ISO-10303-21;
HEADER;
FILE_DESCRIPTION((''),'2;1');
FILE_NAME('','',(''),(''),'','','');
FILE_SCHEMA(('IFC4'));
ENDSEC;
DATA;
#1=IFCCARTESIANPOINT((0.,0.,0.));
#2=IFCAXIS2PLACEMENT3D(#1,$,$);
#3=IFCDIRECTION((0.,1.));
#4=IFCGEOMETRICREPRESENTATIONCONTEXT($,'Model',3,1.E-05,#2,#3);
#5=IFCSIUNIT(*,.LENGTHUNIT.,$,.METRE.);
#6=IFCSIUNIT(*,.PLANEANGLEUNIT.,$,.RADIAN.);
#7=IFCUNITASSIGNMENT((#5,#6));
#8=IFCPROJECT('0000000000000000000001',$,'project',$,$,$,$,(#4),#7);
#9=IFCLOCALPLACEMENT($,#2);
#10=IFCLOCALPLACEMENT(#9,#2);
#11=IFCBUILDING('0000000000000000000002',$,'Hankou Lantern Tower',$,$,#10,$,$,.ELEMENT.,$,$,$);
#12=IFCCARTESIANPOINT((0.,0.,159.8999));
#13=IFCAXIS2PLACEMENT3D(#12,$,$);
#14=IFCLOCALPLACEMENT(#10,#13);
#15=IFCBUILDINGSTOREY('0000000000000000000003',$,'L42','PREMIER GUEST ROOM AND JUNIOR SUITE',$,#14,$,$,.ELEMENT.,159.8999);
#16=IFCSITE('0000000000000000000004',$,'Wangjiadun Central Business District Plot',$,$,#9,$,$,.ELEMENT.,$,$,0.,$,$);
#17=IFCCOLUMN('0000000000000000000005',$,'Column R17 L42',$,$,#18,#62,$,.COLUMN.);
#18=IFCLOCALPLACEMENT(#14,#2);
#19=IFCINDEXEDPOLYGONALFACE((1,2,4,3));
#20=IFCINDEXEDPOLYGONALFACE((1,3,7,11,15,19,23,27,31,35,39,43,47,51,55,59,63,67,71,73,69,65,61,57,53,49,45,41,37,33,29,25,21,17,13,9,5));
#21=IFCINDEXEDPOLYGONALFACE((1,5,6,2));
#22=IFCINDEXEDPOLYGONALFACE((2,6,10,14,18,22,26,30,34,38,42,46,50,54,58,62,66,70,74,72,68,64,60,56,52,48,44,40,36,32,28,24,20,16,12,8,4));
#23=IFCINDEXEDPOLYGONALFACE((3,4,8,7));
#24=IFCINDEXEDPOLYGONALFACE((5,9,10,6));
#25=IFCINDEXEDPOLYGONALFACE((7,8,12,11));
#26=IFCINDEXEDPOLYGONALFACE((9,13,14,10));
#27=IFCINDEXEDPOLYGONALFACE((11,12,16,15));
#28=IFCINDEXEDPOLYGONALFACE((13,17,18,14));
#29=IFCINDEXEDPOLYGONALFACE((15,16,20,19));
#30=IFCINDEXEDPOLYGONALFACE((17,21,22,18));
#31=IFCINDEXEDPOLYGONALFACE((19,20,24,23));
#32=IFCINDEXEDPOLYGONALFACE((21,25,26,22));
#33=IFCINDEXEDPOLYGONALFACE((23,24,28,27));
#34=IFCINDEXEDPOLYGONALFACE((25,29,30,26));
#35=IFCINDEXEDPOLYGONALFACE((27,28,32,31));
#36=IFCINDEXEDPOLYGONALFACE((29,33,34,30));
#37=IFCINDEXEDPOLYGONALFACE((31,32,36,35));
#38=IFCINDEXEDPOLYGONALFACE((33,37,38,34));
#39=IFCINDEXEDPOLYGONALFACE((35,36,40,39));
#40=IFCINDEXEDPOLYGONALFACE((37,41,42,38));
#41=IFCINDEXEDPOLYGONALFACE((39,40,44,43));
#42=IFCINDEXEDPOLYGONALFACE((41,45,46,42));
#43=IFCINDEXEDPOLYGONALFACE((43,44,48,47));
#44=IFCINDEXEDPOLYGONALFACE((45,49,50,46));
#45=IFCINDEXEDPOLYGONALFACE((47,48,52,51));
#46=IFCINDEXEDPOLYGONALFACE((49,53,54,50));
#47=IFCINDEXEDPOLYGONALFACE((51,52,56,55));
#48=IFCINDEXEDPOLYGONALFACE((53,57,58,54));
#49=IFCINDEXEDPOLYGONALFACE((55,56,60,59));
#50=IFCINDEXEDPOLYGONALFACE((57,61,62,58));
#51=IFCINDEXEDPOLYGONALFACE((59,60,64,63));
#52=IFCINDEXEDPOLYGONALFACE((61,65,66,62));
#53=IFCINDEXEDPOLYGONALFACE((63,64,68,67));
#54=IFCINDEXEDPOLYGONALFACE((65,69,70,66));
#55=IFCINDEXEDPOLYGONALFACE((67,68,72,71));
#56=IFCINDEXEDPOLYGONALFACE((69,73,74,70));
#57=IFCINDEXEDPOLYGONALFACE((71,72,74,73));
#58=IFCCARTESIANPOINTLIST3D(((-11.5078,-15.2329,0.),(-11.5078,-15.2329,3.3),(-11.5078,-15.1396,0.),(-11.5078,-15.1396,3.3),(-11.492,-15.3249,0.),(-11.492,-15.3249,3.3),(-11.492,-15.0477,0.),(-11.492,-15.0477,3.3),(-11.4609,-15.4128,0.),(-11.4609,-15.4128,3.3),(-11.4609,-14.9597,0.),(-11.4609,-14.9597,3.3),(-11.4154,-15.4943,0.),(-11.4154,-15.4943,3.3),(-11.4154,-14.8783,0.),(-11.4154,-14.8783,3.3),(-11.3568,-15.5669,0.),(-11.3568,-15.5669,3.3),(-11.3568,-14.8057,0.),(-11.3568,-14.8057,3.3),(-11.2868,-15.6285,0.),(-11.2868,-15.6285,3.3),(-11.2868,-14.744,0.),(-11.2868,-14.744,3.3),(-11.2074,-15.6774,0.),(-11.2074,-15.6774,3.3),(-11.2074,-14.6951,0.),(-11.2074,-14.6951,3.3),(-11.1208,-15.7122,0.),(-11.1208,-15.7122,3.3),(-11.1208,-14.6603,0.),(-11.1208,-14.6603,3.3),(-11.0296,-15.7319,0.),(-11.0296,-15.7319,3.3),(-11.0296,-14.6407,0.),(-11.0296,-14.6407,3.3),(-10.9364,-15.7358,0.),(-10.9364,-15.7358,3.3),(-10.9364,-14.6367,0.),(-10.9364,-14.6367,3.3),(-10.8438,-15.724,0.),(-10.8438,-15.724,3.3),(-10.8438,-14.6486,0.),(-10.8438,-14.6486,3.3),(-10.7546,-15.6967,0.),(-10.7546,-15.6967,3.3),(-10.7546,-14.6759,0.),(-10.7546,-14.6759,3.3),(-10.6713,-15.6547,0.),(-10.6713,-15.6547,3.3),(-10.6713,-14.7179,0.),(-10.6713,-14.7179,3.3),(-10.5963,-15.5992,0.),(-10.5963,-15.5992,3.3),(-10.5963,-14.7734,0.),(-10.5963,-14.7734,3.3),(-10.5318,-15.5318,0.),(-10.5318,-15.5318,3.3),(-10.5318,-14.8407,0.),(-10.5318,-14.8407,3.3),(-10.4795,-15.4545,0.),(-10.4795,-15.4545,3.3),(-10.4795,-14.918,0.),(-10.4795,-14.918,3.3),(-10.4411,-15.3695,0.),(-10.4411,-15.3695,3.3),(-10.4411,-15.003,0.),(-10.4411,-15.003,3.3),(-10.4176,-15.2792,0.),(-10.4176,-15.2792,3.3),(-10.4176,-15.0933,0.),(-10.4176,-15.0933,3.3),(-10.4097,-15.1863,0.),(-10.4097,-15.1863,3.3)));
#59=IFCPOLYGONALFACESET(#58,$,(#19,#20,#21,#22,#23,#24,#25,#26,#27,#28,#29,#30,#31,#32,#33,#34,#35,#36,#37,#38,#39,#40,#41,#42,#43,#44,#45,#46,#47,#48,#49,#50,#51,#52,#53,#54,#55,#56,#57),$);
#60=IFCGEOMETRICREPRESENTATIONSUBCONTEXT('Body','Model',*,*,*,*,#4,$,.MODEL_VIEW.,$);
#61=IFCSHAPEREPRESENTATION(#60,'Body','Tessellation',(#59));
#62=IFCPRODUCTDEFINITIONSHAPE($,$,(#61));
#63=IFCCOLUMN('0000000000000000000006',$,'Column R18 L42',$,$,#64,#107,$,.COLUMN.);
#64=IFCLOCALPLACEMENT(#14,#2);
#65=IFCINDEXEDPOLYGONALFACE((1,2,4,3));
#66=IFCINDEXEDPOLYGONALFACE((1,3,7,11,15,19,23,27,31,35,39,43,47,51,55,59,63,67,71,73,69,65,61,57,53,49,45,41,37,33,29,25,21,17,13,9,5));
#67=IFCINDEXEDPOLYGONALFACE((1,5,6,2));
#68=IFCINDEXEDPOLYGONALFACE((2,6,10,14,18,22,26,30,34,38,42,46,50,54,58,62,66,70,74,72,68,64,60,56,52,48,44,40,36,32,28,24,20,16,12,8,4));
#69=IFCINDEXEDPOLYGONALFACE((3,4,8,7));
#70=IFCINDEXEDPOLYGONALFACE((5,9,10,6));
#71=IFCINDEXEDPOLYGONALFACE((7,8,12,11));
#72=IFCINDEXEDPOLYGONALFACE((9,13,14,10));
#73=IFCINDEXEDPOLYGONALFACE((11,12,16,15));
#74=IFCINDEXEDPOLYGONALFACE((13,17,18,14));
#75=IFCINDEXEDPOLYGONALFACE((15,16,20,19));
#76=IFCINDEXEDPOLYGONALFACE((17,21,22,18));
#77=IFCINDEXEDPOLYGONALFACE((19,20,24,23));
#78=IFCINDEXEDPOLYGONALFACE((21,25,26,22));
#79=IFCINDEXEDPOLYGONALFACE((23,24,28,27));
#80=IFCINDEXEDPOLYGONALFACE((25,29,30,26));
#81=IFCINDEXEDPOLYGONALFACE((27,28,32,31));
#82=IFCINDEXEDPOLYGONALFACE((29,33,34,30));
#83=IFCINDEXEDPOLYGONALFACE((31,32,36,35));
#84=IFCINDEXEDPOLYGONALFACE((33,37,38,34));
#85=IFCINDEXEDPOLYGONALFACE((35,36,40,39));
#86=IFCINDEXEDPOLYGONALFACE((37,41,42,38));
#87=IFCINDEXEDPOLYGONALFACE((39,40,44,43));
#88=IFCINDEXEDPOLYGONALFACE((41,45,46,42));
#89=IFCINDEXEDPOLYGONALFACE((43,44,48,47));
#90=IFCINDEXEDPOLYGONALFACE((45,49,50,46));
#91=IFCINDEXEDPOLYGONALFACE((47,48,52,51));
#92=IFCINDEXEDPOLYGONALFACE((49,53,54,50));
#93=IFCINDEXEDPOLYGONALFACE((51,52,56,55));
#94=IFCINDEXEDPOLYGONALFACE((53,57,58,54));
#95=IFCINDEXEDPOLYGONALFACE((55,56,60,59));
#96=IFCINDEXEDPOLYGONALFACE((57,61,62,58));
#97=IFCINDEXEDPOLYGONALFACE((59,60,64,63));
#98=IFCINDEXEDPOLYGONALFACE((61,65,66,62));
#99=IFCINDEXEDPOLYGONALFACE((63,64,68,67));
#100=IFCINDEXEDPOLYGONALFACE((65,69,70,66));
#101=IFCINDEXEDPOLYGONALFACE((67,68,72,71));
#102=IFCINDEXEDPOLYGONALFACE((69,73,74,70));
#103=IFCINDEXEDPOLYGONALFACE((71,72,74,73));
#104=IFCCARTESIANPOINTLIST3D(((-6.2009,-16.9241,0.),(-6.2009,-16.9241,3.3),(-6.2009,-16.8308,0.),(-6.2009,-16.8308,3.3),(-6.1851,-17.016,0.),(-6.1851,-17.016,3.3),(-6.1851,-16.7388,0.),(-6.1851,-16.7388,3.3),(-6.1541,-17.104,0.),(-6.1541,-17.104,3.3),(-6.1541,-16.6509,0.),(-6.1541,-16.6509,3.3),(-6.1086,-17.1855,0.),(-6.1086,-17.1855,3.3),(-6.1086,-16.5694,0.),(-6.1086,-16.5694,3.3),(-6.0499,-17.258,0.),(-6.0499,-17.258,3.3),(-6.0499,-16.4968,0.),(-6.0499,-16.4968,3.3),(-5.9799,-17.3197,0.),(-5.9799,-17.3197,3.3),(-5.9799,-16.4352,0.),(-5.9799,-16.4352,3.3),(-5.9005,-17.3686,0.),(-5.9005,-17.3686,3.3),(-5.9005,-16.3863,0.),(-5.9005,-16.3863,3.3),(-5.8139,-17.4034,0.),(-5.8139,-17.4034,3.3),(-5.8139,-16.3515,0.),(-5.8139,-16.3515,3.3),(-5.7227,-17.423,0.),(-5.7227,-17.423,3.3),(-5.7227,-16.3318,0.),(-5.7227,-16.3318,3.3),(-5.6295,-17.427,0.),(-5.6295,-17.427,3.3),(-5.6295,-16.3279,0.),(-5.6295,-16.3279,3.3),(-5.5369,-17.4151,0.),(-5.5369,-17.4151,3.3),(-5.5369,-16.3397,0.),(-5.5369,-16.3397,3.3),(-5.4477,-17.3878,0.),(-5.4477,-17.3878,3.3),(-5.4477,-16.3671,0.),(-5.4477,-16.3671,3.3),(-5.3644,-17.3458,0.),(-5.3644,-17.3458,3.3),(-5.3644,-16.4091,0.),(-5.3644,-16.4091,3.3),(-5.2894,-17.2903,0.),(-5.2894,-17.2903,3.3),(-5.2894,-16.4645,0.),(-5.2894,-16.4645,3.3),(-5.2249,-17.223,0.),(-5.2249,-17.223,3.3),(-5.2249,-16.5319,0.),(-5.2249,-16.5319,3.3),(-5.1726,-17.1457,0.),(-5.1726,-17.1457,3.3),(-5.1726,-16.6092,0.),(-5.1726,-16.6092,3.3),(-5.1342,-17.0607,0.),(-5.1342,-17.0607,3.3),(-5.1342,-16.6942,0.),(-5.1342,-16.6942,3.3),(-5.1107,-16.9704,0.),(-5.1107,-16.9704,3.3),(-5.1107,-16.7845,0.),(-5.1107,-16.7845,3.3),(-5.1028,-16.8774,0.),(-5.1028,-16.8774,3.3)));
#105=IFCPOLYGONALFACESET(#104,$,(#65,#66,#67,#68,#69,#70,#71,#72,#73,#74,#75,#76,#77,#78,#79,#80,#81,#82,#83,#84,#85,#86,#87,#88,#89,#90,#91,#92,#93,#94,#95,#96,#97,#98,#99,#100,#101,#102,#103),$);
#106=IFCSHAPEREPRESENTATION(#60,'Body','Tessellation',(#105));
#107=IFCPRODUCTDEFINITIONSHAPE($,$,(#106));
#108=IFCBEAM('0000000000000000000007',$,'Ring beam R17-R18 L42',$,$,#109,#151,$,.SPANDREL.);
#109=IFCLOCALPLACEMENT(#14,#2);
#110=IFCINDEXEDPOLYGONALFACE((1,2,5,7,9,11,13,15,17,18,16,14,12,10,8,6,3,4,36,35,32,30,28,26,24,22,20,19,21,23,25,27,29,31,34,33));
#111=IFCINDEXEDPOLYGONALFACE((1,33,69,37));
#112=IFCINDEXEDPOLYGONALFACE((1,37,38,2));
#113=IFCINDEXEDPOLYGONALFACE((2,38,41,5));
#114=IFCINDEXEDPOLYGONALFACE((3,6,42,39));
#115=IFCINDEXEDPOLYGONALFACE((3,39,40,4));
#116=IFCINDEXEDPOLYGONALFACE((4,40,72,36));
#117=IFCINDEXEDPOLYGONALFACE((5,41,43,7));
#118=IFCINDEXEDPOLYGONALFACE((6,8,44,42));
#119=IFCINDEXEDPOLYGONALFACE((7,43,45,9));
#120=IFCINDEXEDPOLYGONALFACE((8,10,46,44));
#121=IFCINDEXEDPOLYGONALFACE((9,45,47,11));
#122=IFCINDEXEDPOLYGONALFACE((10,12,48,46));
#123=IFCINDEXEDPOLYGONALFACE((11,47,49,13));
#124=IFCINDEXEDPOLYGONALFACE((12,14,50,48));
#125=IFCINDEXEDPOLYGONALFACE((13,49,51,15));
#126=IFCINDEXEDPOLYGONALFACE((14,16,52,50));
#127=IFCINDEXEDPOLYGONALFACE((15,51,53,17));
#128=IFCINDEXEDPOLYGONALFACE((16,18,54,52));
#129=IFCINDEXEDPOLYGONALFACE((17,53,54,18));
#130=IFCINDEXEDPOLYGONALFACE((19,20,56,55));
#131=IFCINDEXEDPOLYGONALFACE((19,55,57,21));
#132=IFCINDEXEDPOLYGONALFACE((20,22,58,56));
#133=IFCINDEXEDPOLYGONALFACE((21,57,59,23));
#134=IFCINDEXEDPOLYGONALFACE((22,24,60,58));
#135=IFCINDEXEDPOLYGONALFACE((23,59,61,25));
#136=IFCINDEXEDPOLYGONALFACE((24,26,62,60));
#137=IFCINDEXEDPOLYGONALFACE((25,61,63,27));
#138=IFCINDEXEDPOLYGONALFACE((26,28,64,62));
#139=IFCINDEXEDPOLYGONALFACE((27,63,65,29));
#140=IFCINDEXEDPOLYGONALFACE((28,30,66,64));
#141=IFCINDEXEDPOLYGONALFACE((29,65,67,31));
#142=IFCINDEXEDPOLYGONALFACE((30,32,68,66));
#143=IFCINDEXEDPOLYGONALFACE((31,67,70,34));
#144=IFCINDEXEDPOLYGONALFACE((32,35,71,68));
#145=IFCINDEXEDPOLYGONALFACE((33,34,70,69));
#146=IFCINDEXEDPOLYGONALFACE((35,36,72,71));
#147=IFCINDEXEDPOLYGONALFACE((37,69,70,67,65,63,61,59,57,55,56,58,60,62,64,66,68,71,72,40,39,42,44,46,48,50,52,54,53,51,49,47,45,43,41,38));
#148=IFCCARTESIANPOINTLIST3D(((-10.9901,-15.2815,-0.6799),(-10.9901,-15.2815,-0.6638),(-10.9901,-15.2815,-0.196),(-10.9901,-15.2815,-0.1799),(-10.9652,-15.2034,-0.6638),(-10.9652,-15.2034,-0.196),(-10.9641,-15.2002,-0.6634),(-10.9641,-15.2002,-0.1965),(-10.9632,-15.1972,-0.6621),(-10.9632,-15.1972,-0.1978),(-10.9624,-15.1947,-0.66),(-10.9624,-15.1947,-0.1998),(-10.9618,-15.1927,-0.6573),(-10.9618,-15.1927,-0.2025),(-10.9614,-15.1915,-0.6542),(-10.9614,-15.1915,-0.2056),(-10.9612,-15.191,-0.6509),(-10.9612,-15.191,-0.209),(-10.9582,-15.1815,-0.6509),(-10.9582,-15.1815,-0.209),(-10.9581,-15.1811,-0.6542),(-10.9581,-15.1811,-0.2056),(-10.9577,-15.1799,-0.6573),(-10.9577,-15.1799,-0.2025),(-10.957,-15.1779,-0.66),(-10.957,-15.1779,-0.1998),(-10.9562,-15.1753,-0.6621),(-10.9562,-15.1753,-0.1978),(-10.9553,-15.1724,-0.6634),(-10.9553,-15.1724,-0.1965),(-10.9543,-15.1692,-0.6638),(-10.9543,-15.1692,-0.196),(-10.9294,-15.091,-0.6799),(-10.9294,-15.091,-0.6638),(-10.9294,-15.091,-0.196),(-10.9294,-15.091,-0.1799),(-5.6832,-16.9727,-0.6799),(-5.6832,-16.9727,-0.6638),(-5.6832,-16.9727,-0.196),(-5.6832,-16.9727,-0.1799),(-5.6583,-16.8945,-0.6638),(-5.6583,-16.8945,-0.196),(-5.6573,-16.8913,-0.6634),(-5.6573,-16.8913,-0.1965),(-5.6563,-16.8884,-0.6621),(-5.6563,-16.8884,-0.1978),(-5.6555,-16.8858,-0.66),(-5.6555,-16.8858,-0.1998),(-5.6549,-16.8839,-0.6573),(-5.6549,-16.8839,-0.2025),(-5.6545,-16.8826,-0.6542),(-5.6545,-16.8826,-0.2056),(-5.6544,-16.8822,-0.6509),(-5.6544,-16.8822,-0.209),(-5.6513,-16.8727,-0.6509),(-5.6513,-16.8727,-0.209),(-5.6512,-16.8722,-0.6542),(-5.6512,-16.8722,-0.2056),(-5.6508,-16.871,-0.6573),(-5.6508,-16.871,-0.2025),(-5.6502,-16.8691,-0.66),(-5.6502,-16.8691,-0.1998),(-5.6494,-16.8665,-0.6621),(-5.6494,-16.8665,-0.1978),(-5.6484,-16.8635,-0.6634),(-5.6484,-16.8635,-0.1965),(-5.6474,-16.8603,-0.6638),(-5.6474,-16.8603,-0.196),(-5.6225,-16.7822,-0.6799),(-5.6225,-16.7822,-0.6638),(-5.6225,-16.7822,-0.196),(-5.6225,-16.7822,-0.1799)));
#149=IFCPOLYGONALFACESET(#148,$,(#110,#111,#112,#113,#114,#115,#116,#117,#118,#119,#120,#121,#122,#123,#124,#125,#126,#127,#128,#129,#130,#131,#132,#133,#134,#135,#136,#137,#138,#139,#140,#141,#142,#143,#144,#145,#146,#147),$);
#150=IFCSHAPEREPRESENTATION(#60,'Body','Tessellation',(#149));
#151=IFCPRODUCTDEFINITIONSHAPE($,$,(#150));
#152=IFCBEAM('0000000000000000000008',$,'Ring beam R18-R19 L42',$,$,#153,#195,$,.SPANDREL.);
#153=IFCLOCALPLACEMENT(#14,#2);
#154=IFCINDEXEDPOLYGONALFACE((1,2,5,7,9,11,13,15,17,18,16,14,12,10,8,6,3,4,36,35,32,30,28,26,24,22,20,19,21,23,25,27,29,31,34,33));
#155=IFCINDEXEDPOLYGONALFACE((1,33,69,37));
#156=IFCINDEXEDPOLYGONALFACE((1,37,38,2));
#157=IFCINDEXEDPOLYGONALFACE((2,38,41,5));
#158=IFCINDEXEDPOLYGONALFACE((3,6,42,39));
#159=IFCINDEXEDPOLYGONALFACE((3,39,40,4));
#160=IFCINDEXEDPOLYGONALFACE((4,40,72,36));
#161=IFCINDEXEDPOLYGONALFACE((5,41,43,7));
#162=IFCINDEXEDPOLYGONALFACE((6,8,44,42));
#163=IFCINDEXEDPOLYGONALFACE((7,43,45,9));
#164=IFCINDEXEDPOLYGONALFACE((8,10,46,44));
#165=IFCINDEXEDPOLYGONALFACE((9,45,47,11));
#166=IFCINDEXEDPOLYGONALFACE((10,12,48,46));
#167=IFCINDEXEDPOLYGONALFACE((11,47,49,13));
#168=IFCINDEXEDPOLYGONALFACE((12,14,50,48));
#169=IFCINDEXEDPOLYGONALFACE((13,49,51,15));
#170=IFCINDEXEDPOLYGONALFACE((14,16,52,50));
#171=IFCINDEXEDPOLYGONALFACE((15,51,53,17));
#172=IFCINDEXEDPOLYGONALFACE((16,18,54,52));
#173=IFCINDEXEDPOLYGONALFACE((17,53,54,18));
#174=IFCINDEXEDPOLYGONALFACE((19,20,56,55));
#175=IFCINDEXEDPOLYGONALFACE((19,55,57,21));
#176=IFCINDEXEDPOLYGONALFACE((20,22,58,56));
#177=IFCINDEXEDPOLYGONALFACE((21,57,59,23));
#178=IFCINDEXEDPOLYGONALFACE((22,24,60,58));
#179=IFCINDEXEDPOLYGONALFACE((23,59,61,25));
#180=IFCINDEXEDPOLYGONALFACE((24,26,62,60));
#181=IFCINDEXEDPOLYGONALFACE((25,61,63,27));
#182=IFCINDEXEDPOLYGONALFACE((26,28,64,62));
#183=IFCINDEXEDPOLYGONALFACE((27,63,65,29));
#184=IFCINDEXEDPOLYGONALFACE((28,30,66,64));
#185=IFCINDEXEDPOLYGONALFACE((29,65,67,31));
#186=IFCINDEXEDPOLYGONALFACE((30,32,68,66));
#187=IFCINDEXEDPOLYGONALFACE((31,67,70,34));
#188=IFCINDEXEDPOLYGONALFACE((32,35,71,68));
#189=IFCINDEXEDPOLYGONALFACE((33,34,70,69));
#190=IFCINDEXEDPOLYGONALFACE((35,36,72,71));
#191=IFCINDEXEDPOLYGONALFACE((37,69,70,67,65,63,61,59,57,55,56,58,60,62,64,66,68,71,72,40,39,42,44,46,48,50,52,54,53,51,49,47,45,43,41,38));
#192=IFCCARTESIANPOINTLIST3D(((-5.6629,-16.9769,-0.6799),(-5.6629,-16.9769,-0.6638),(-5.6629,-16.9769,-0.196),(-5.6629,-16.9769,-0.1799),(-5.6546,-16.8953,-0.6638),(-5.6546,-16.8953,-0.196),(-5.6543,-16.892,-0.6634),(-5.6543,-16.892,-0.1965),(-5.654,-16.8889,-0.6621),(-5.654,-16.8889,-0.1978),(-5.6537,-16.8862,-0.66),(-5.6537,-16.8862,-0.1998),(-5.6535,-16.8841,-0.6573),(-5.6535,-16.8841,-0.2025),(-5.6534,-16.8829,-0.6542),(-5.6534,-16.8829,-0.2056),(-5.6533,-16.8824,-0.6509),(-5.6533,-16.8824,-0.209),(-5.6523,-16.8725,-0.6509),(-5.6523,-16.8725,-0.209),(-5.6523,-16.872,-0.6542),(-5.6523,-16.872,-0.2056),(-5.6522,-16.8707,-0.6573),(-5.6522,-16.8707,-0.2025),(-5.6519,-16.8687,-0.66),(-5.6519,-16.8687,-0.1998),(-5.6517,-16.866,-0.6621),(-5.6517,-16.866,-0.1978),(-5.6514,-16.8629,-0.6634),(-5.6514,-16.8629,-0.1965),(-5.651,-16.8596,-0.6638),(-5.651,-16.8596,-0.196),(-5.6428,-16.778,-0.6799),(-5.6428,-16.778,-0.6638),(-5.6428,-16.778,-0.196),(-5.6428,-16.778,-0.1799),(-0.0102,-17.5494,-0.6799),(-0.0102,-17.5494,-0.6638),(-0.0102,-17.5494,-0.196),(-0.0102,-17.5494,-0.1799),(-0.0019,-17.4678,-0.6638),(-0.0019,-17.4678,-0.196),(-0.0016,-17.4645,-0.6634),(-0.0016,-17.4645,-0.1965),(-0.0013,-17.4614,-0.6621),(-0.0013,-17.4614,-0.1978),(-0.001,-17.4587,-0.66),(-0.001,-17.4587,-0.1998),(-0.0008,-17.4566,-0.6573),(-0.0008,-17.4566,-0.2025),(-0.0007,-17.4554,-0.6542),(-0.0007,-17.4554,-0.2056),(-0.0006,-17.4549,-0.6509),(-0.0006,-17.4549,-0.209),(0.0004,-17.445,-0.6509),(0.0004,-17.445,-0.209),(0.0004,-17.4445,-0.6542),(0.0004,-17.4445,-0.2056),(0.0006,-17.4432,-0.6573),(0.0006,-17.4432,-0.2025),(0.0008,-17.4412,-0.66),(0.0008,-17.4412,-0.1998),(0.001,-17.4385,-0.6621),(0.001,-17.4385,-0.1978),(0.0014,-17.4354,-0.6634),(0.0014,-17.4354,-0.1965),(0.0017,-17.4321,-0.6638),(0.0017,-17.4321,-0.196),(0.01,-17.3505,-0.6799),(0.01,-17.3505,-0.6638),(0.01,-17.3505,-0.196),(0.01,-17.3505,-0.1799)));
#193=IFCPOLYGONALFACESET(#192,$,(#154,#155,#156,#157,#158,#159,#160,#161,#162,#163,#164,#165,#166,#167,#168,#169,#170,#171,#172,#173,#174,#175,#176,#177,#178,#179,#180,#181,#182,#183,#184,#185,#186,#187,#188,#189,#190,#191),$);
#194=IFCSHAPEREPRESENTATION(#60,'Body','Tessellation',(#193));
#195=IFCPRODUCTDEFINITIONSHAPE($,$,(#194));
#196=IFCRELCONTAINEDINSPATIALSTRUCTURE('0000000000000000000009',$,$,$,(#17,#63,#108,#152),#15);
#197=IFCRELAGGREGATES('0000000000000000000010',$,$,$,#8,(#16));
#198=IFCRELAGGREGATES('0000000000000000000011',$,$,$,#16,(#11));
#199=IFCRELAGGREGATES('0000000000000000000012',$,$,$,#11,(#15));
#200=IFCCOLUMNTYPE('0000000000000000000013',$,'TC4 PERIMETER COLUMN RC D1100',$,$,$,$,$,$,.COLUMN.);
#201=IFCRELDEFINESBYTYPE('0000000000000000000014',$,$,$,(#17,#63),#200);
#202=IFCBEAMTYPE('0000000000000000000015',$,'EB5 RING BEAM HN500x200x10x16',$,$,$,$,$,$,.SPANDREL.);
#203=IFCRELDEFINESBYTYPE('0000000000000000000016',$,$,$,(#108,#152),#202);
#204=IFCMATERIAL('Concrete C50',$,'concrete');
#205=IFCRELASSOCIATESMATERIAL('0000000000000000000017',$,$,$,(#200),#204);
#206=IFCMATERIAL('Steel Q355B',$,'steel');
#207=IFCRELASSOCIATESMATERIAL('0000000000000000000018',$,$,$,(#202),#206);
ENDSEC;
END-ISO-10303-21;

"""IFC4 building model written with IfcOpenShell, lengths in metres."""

from ifc_helpers import new_model, si_unit, direction, frame, origin, origin_2d, place, context, subcontext, project, spatial, circle, i_section, extrude, material, material_profile, profile_set, type_object, element, save


model = new_model("IFC4")

# Units and contexts
model_context = context("Model", 3, precision=1e-05, world=origin(), true_north=direction((0.0, 1.0)))
body_context = subcontext(model_context, "Body", "Model", "MODEL_VIEW")
ifc_project = project(units=[si_unit("LENGTHUNIT", "METRE"), si_unit("PLANEANGLEUNIT", "RADIAN")], contexts=[model_context])

# Site, building, storey
site_placement = place(None, origin())
site = spatial("IfcSite", under=ifc_project, at=site_placement, Name="Wangjiadun Central Business District Plot", CompositionType="ELEMENT", RefElevation=0.0)
building_placement = place(site_placement, origin())
building = spatial("IfcBuilding", under=site, at=building_placement, Name="Hankou Lantern Tower", CompositionType="ELEMENT")
storey_placement = place(building_placement, frame((0.0, 0.0, 159.8999)))
storey = spatial("IfcBuildingStorey", under=building, at=storey_placement, Name="L42", Description="PREMIER GUEST ROOM AND JUNIOR SUITE", CompositionType="ELEMENT", Elevation=159.8999)

# Columns
ifc_material_1 = material(Name="Concrete C50", Category="concrete")
ifc_material_profile_1 = material_profile(ifc_material_1, circle(Radius=0.55, at=origin_2d()), Name="RC D1100")
ifc_profile_set_1 = profile_set([ifc_material_profile_1], Name="Concrete C50")
column_type = type_object("IfcColumnType", Name="TC4 PERIMETER COLUMN RC D1100", PredefinedType="COLUMN", material=ifc_profile_set_1)
for number, where, z_axis, x_axis, name in (
    (1, (-10.9597, -15.1863, 0.0), (0.0, 0.0, 1.0), (1.0, 0.0, 0.0), "Column R17 L42"),
    (2, (-5.6528, -16.8774, 0.0), (0.0, 0.0, 1.0), (1.0, 0.0, 0.0), "Column R18 L42"),
):
    element("IfcColumn", number, at=place(storey_placement, frame(where, z_axis=z_axis, x_axis=x_axis)), inside=storey, type_object=column_type, Name=name, PredefinedType="COLUMN", context=body_context, shape_type="SweptSolid", body=[
        extrude(circle(Radius=0.55, at=origin_2d()), origin(), (0.0, 0.0, 1.0), 3.3),
    ])

# Beams
ifc_material_2 = material(Name="Steel Q355B", Category="steel")
ifc_material_profile_2 = material_profile(ifc_material_2, i_section(OverallWidth=0.2, OverallDepth=0.5, WebThickness=0.01, FlangeThickness=0.0161, FilletRadius=0.0129, at=origin_2d()), Name="HN500x200x10x16")
ifc_profile_set_2 = profile_set([ifc_material_profile_2], Name="Steel Q355B")
beam_type = type_object("IfcBeamType", Name="EB5 RING BEAM HN500x200x10x16", PredefinedType="SPANDREL", material=ifc_profile_set_2)
beam_1_placement = place(storey_placement, frame((-10.9597, -15.1863, -0.4299), z_axis=(0.95279, -0.303629, 0.0), x_axis=(0.303629, 0.95279, 0.0)))
element("IfcBeam", 3, at=beam_1_placement, inside=storey, type_object=beam_type, Name="Ring beam R17-R18 L42", PredefinedType="SPANDREL", context=body_context, shape_type="SweptSolid", body=[
    extrude(i_section(OverallWidth=0.2, OverallDepth=0.5, WebThickness=0.01, FlangeThickness=0.0161, FilletRadius=0.0129, at=origin_2d()), origin(), (0.0, 0.0, 1.0), 5.5698),
])
beam_2_placement = place(storey_placement, frame((-5.6528, -16.8774, -0.4299), z_axis=(0.99491, -0.100763, 0.0), x_axis=(0.100763, 0.99491, 0.0)))
element("IfcBeam", 4, at=beam_2_placement, inside=storey, type_object=beam_type, Name="Ring beam R18-R19 L42", PredefinedType="SPANDREL", context=body_context, shape_type="SweptSolid", body=[
    extrude(i_section(OverallWidth=0.2, OverallDepth=0.5, WebThickness=0.01, FlangeThickness=0.0161, FilletRadius=0.0129, at=origin_2d()), origin(), (0.0, 0.0, 1.0), 5.6816),
])

save(model, "model.ifc")
